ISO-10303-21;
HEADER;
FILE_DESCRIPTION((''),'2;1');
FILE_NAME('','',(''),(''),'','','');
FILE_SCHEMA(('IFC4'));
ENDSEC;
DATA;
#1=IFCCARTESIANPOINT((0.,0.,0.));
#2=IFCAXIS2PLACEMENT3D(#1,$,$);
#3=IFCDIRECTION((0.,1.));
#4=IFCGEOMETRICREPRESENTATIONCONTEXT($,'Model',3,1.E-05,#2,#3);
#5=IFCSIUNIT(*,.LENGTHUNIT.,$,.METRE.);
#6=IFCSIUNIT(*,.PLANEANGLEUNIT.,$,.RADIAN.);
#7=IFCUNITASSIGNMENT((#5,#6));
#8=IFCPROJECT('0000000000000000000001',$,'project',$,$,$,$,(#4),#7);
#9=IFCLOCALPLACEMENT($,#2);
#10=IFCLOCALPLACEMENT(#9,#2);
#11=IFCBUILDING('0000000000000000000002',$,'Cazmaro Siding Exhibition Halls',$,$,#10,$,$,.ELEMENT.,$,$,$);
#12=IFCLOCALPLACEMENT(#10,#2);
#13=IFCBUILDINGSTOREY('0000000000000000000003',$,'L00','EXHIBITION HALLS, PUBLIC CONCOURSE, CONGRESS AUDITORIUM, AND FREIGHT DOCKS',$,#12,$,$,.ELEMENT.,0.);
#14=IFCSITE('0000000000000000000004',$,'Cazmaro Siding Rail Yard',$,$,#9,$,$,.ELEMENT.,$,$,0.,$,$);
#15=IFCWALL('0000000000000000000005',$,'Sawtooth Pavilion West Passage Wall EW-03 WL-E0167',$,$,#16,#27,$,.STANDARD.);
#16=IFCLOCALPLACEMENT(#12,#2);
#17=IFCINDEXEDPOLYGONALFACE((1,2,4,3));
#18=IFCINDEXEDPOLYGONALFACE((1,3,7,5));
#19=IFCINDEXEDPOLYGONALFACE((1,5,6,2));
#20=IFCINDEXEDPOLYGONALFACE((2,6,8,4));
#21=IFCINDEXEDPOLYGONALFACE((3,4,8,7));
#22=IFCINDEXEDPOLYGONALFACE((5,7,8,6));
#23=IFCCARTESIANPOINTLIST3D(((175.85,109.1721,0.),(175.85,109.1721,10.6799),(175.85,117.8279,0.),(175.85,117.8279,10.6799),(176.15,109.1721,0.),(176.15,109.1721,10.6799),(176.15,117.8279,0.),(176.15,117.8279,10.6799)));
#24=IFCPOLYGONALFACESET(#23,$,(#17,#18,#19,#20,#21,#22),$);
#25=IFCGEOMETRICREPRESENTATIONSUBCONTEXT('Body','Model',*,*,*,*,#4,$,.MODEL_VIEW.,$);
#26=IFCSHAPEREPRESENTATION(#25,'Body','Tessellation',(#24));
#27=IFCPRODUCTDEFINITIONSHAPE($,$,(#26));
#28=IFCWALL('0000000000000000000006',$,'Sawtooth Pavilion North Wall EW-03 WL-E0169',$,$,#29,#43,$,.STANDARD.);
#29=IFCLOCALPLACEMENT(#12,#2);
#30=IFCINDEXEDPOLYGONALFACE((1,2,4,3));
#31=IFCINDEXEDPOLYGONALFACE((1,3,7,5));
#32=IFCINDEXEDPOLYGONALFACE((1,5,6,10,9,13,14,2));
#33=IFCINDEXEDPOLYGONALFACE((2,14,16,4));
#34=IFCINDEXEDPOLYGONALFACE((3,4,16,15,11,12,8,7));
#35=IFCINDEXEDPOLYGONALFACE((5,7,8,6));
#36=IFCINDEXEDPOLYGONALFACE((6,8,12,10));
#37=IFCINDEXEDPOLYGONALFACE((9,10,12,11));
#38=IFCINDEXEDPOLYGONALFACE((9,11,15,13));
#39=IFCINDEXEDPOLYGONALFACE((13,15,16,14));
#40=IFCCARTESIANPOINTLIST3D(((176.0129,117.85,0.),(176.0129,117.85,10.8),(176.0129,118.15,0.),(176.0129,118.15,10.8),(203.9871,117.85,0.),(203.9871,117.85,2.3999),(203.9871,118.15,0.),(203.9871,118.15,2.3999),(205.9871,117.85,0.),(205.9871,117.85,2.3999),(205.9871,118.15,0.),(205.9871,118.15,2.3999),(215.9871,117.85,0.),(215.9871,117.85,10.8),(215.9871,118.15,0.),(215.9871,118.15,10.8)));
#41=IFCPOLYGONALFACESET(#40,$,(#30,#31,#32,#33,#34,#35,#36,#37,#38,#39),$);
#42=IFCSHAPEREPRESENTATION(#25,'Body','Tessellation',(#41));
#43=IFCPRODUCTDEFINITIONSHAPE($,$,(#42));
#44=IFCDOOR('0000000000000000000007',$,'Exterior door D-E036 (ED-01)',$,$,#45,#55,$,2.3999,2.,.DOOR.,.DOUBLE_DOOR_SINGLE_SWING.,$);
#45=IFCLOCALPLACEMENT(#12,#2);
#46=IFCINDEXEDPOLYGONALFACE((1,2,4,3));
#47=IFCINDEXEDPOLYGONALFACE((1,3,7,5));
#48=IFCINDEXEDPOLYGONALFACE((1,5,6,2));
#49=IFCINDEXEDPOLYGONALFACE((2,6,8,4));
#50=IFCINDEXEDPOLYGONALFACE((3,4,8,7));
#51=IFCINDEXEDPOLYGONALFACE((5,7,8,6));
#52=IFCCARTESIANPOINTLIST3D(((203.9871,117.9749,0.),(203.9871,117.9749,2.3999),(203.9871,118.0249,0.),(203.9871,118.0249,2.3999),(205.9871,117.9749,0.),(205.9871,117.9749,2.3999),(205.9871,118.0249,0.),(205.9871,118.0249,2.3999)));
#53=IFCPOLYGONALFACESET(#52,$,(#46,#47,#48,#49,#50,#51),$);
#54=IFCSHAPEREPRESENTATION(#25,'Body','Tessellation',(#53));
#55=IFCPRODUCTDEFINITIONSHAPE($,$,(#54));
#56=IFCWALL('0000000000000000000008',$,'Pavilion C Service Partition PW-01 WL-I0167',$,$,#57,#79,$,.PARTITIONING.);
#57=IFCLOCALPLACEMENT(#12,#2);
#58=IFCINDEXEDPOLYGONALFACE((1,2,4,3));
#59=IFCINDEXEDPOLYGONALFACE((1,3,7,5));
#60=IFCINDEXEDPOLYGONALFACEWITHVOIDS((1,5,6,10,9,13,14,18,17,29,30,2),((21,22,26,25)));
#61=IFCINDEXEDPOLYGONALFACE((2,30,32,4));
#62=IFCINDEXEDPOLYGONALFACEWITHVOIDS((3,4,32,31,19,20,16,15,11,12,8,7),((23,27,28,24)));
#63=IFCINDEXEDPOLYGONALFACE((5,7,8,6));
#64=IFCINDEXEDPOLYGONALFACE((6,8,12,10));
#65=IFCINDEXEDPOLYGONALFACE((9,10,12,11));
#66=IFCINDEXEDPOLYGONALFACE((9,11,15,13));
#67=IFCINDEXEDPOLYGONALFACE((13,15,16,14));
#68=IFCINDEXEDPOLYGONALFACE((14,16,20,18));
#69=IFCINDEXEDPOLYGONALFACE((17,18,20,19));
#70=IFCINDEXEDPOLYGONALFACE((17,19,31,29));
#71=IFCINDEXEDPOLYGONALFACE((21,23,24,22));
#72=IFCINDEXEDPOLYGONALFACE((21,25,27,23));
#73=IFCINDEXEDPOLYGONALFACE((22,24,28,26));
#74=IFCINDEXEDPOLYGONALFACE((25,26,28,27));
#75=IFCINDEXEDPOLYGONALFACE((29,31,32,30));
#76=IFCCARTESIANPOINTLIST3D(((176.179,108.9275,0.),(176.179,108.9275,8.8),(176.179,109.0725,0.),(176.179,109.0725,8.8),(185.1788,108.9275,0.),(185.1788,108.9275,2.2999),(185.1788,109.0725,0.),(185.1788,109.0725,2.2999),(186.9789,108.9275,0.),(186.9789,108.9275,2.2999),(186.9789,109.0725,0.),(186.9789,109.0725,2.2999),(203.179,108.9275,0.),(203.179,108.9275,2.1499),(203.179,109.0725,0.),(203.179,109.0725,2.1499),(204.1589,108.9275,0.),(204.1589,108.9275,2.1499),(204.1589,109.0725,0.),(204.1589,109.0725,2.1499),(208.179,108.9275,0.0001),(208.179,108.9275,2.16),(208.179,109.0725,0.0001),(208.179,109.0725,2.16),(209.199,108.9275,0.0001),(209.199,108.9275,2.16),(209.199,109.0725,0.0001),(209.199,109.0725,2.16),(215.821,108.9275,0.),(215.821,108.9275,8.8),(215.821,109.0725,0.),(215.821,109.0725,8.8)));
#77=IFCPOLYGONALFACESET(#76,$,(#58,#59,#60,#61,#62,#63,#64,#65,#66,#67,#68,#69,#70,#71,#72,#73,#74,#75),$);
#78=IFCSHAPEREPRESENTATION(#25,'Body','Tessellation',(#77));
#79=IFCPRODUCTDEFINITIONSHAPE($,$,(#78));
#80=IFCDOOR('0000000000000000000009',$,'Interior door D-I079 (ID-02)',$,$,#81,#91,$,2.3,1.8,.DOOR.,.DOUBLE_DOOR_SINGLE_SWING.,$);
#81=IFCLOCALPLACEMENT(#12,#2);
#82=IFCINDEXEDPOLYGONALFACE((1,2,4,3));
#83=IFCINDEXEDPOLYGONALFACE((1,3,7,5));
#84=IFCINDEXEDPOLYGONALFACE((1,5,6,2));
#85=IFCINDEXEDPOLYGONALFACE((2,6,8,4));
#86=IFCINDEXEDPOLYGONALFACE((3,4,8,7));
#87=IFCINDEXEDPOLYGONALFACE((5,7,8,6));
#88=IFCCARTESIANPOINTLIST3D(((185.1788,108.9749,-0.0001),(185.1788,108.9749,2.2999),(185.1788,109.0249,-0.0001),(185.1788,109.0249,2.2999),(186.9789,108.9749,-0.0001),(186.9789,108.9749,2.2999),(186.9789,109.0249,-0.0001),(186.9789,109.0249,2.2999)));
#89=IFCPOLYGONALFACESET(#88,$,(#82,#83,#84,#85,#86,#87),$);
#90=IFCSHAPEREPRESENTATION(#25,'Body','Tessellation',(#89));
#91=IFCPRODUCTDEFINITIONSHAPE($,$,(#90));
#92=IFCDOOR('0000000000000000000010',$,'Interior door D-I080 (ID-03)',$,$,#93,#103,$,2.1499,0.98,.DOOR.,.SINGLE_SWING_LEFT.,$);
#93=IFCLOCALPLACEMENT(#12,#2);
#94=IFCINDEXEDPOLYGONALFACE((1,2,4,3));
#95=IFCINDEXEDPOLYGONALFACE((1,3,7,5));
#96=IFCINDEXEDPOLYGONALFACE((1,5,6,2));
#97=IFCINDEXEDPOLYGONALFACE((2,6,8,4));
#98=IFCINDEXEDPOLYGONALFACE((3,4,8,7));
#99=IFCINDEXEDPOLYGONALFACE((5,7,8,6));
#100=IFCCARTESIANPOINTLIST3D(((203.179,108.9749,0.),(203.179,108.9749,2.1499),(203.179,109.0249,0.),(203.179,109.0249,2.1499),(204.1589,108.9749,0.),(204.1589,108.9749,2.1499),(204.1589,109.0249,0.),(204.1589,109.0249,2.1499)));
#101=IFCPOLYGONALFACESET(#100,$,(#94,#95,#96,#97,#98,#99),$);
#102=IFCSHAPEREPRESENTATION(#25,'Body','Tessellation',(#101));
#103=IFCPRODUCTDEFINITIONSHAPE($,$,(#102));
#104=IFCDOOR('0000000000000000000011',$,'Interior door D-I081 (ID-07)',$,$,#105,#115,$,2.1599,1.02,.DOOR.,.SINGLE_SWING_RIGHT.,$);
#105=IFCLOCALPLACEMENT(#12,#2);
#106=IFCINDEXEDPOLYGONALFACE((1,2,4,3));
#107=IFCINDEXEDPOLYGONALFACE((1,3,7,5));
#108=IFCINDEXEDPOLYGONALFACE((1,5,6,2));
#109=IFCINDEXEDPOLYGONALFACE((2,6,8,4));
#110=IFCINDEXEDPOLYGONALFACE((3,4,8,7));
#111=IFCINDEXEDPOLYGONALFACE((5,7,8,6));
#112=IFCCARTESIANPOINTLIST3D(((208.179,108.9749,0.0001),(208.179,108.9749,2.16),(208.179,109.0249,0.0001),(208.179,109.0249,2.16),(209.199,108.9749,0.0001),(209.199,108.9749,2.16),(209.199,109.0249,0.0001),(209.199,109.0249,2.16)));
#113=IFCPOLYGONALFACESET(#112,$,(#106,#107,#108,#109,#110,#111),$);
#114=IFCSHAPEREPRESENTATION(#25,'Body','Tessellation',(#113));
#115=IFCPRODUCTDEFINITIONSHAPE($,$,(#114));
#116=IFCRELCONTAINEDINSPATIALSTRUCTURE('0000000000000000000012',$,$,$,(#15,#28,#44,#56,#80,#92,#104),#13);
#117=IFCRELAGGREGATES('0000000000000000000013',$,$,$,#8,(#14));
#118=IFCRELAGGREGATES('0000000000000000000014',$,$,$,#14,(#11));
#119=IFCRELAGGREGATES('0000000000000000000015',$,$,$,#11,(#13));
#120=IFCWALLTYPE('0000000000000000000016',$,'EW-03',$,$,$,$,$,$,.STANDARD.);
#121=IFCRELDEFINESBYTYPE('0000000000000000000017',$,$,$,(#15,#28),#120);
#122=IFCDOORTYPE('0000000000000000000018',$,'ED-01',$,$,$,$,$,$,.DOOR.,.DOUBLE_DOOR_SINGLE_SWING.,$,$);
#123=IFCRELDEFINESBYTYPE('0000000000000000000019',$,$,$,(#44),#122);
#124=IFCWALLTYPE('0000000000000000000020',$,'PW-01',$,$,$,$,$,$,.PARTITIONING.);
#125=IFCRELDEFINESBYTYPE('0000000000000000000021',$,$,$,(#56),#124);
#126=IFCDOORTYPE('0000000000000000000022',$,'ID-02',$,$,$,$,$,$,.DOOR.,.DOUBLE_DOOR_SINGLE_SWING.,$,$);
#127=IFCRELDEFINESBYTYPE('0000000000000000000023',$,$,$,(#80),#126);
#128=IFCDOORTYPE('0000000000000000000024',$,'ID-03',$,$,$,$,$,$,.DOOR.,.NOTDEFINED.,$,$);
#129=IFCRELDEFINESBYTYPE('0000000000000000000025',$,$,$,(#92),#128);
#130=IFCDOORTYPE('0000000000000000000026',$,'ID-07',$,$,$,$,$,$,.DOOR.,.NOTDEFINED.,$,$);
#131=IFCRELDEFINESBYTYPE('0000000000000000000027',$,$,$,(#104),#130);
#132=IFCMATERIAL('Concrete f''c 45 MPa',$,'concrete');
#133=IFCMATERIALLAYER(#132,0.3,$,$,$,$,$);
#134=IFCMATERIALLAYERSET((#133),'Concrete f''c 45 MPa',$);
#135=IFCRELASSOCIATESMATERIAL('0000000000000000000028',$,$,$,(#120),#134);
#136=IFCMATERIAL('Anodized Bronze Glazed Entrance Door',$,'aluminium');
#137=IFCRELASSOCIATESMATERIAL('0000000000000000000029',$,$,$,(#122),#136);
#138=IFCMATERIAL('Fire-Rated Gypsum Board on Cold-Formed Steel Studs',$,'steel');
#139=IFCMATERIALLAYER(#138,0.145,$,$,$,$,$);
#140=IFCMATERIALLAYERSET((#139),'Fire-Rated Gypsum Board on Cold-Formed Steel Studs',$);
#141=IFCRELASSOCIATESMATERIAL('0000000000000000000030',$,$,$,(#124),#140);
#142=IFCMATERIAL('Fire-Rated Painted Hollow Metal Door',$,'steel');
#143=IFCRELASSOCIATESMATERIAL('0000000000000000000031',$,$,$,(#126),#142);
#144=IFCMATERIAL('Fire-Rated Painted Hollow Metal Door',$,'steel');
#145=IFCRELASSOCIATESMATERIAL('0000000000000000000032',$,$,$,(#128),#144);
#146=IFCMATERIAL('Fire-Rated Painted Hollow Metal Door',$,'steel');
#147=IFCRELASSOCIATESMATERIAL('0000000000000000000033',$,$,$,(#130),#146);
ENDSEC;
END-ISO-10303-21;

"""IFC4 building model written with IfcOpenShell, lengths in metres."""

from ifc_helpers import new_model, si_unit, direction, frame, frame_2d, origin, place, context, subcontext, project, spatial, rectangle, extrude, material, layer, layer_set, type_object, element, fill, save


model = new_model("IFC4")

# Units and contexts
model_context = context("Model", 3, precision=1e-05, world=origin(), true_north=direction((0.0, 1.0)))
body_context = subcontext(model_context, "Body", "Model", "MODEL_VIEW")
ifc_project = project(units=[si_unit("LENGTHUNIT", "METRE"), si_unit("PLANEANGLEUNIT", "RADIAN")], contexts=[model_context])

# Site, building, storey
site_placement = place(None, origin())
site = spatial("IfcSite", under=ifc_project, at=site_placement, Name="Cazmaro Siding Rail Yard", CompositionType="ELEMENT", RefElevation=0.0)
building_placement = place(site_placement, origin())
building = spatial("IfcBuilding", under=site, at=building_placement, Name="Cazmaro Siding Exhibition Halls", CompositionType="ELEMENT")
storey_placement = place(building_placement, origin())
storey = spatial("IfcBuildingStorey", under=building, at=storey_placement, Name="L00", Description="EXHIBITION HALLS, PUBLIC CONCOURSE, CONGRESS AUDITORIUM, AND FREIGHT DOCKS", CompositionType="ELEMENT", Elevation=0.0)

# Wall
ifc_material_1 = material(Name="Concrete f'c 45 MPa", Category="concrete")
ifc_layer_1 = layer(ifc_material_1, 0.3)
ifc_layer_set_1 = layer_set([ifc_layer_1], Name="Concrete f'c 45 MPa")
wall_type_1 = type_object("IfcWallType", Name="EW-03", PredefinedType="STANDARD", material=ifc_layer_set_1)
wall_1_placement = place(storey_placement, frame((176.0, 109.1721, 0.0), z_axis=(0.0, 0.0, 1.0), x_axis=(0.0, 1.0, 0.0)))
element("IfcWall", 1, at=wall_1_placement, inside=storey, type_object=wall_type_1, Name="Sawtooth Pavilion West Passage Wall EW-03 WL-E0167", PredefinedType="STANDARD", context=body_context, shape_type="SweptSolid", body=[
    extrude(rectangle(XDim=8.6558, YDim=0.3, at=frame_2d((4.3279, 0.0))), origin(), (0.0, 0.0, 1.0), 10.6799),
])

# Wall, opening, door
wall_2_placement = place(storey_placement, frame((176.0129, 118.0, 0.0), z_axis=(0.0, 0.0, 1.0), x_axis=(1.0, 0.0, 0.0)))
wall_2 = element("IfcWall", 2, at=wall_2_placement, inside=storey, type_object=wall_type_1, Name="Sawtooth Pavilion North Wall EW-03 WL-E0169", PredefinedType="STANDARD", context=body_context, shape_type="SweptSolid", body=[
    extrude(rectangle(XDim=39.9741, YDim=0.3, at=frame_2d((19.9871, 0.0))), origin(), (0.0, 0.0, 1.0), 10.8),
])
opening_1_placement = place(wall_2_placement, frame((27.9741, 0.0, 0.0)))
opening_1 = element("IfcOpeningElement", 3, at=opening_1_placement, cuts=wall_2, PredefinedType="OPENING", context=body_context, shape_type="SweptSolid", body=[
    extrude(rectangle(XDim=2.0, YDim=2.3999, at=frame_2d((1.0, 1.2))), frame((0.0, 0.1599, 0.0), z_axis=(0.0, -1.0, 0.0), x_axis=(1.0, 0.0, 0.0)), (0.0, 0.0, 1.0), 0.3201),
])
ifc_material_2 = material(Name="Anodized Bronze Glazed Entrance Door", Category="aluminium")
door_type_1 = type_object("IfcDoorType", Name="ED-01", OperationType="DOUBLE_DOOR_SINGLE_SWING", PredefinedType="DOOR", material=ifc_material_2)
door_1_placement = place(opening_1_placement, origin())
door_1 = element("IfcDoor", 4, at=door_1_placement, inside=storey, type_object=door_type_1, Name="Exterior door D-E036 (ED-01)", OperationType="DOUBLE_DOOR_SINGLE_SWING", OverallHeight=2.3999, OverallWidth=2.0, PredefinedType="DOOR", context=body_context, shape_type="SweptSolid", body=[
    extrude(rectangle(XDim=2.0, YDim=2.3999, at=frame_2d((1.0, 1.2))), frame((0.0, 0.0249, 0.0), z_axis=(0.0, -1.0, 0.0), x_axis=(1.0, 0.0, 0.0)), (0.0, 0.0, 1.0), 0.05),
])
fill(opening_1, door_1)

# Wall, openings, doors
ifc_material_3 = material(Name="Fire-Rated Gypsum Board on Cold-Formed Steel Studs", Category="steel")
ifc_layer_2 = layer(ifc_material_3, 0.145)
ifc_layer_set_2 = layer_set([ifc_layer_2], Name="Fire-Rated Gypsum Board on Cold-Formed Steel Studs")
wall_type_2 = type_object("IfcWallType", Name="PW-01", PredefinedType="PARTITIONING", material=ifc_layer_set_2)
wall_3_placement = place(storey_placement, frame((176.179, 109.0, 0.0), z_axis=(0.0, 0.0, 1.0), x_axis=(1.0, 0.0, 0.0)))
wall_3 = element("IfcWall", 5, at=wall_3_placement, inside=storey, type_object=wall_type_2, Name="Pavilion C Service Partition PW-01 WL-I0167", PredefinedType="PARTITIONING", context=body_context, shape_type="SweptSolid", body=[
    extrude(rectangle(XDim=39.6421, YDim=0.145, at=frame_2d((19.821, 0.0))), origin(), (0.0, 0.0, 1.0), 8.8),
])
opening_2_placement = place(wall_3_placement, frame((9.0, 0.0, 0.0)))
opening_2 = element("IfcOpeningElement", 6, at=opening_2_placement, cuts=wall_3, PredefinedType="OPENING", context=body_context, shape_type="SweptSolid", body=[
    extrude(rectangle(XDim=1.8, YDim=2.3, at=frame_2d((0.8999, 1.1499))), frame((0.0, 0.0825, 0.0), z_axis=(0.0, -1.0, 0.0), x_axis=(1.0, 0.0, 0.0)), (0.0, 0.0, 1.0), 0.165),
])
opening_3_placement = place(wall_3_placement, frame((27.0, 0.0, 0.0)))
opening_3 = element("IfcOpeningElement", 7, at=opening_3_placement, cuts=wall_3, PredefinedType="OPENING", context=body_context, shape_type="SweptSolid", body=[
    extrude(rectangle(XDim=0.98, YDim=2.1499, at=frame_2d((0.49, 1.075))), frame((0.0, 0.0825, 0.0), z_axis=(0.0, -1.0, 0.0), x_axis=(1.0, 0.0, 0.0)), (0.0, 0.0, 1.0), 0.165),
])
opening_4_placement = place(wall_3_placement, frame((32.0, 0.0, 0.0)))
opening_4 = element("IfcOpeningElement", 8, at=opening_4_placement, cuts=wall_3, PredefinedType="OPENING", context=body_context, shape_type="SweptSolid", body=[
    extrude(rectangle(XDim=1.02, YDim=2.1599, at=frame_2d((0.51, 1.0801))), frame((0.0, 0.0825, 0.0), z_axis=(0.0, -1.0, 0.0), x_axis=(1.0, 0.0, 0.0)), (0.0, 0.0, 1.0), 0.165),
])
ifc_material_4 = material(Name="Fire-Rated Painted Hollow Metal Door", Category="steel")
door_type_2 = type_object("IfcDoorType", Name="ID-02", OperationType="DOUBLE_DOOR_SINGLE_SWING", PredefinedType="DOOR", material=ifc_material_4)
door_2_placement = place(opening_2_placement, origin())
door_2 = element("IfcDoor", 9, at=door_2_placement, inside=storey, type_object=door_type_2, Name="Interior door D-I079 (ID-02)", OperationType="DOUBLE_DOOR_SINGLE_SWING", OverallHeight=2.3, OverallWidth=1.8, PredefinedType="DOOR", context=body_context, shape_type="SweptSolid", body=[
    extrude(rectangle(XDim=1.8, YDim=2.3, at=frame_2d((0.8999, 1.1499))), frame((0.0, 0.0249, 0.0), z_axis=(0.0, -1.0, 0.0), x_axis=(1.0, 0.0, 0.0)), (0.0, 0.0, 1.0), 0.05),
])
fill(opening_2, door_2)
ifc_material_5 = material(Name="Fire-Rated Painted Hollow Metal Door", Category="steel")
door_type_3 = type_object("IfcDoorType", Name="ID-03", OperationType="NOTDEFINED", PredefinedType="DOOR", material=ifc_material_5)
door_3_placement = place(opening_3_placement, origin())
door_3 = element("IfcDoor", 10, at=door_3_placement, inside=storey, type_object=door_type_3, Name="Interior door D-I080 (ID-03)", OperationType="SINGLE_SWING_LEFT", OverallHeight=2.1499, OverallWidth=0.98, PredefinedType="DOOR", context=body_context, shape_type="SweptSolid", body=[
    extrude(rectangle(XDim=0.98, YDim=2.1499, at=frame_2d((0.49, 1.075))), frame((0.0, 0.0249, 0.0), z_axis=(0.0, -1.0, 0.0), x_axis=(1.0, 0.0, 0.0)), (0.0, 0.0, 1.0), 0.05),
])
fill(opening_3, door_3)
ifc_material_6 = material(Name="Fire-Rated Painted Hollow Metal Door", Category="steel")
door_type_4 = type_object("IfcDoorType", Name="ID-07", OperationType="NOTDEFINED", PredefinedType="DOOR", material=ifc_material_6)
door_4_placement = place(opening_4_placement, origin())
door_4 = element("IfcDoor", 11, at=door_4_placement, inside=storey, type_object=door_type_4, Name="Interior door D-I081 (ID-07)", OperationType="SINGLE_SWING_RIGHT", OverallHeight=2.1599, OverallWidth=1.02, PredefinedType="DOOR", context=body_context, shape_type="SweptSolid", body=[
    extrude(rectangle(XDim=1.02, YDim=2.1599, at=frame_2d((0.51, 1.0801))), frame((0.0, 0.0249, 0.0), z_axis=(0.0, -1.0, 0.0), x_axis=(1.0, 0.0, 0.0)), (0.0, 0.0, 1.0), 0.05),
])
fill(opening_4, door_4)

save(model, "model.ifc")
